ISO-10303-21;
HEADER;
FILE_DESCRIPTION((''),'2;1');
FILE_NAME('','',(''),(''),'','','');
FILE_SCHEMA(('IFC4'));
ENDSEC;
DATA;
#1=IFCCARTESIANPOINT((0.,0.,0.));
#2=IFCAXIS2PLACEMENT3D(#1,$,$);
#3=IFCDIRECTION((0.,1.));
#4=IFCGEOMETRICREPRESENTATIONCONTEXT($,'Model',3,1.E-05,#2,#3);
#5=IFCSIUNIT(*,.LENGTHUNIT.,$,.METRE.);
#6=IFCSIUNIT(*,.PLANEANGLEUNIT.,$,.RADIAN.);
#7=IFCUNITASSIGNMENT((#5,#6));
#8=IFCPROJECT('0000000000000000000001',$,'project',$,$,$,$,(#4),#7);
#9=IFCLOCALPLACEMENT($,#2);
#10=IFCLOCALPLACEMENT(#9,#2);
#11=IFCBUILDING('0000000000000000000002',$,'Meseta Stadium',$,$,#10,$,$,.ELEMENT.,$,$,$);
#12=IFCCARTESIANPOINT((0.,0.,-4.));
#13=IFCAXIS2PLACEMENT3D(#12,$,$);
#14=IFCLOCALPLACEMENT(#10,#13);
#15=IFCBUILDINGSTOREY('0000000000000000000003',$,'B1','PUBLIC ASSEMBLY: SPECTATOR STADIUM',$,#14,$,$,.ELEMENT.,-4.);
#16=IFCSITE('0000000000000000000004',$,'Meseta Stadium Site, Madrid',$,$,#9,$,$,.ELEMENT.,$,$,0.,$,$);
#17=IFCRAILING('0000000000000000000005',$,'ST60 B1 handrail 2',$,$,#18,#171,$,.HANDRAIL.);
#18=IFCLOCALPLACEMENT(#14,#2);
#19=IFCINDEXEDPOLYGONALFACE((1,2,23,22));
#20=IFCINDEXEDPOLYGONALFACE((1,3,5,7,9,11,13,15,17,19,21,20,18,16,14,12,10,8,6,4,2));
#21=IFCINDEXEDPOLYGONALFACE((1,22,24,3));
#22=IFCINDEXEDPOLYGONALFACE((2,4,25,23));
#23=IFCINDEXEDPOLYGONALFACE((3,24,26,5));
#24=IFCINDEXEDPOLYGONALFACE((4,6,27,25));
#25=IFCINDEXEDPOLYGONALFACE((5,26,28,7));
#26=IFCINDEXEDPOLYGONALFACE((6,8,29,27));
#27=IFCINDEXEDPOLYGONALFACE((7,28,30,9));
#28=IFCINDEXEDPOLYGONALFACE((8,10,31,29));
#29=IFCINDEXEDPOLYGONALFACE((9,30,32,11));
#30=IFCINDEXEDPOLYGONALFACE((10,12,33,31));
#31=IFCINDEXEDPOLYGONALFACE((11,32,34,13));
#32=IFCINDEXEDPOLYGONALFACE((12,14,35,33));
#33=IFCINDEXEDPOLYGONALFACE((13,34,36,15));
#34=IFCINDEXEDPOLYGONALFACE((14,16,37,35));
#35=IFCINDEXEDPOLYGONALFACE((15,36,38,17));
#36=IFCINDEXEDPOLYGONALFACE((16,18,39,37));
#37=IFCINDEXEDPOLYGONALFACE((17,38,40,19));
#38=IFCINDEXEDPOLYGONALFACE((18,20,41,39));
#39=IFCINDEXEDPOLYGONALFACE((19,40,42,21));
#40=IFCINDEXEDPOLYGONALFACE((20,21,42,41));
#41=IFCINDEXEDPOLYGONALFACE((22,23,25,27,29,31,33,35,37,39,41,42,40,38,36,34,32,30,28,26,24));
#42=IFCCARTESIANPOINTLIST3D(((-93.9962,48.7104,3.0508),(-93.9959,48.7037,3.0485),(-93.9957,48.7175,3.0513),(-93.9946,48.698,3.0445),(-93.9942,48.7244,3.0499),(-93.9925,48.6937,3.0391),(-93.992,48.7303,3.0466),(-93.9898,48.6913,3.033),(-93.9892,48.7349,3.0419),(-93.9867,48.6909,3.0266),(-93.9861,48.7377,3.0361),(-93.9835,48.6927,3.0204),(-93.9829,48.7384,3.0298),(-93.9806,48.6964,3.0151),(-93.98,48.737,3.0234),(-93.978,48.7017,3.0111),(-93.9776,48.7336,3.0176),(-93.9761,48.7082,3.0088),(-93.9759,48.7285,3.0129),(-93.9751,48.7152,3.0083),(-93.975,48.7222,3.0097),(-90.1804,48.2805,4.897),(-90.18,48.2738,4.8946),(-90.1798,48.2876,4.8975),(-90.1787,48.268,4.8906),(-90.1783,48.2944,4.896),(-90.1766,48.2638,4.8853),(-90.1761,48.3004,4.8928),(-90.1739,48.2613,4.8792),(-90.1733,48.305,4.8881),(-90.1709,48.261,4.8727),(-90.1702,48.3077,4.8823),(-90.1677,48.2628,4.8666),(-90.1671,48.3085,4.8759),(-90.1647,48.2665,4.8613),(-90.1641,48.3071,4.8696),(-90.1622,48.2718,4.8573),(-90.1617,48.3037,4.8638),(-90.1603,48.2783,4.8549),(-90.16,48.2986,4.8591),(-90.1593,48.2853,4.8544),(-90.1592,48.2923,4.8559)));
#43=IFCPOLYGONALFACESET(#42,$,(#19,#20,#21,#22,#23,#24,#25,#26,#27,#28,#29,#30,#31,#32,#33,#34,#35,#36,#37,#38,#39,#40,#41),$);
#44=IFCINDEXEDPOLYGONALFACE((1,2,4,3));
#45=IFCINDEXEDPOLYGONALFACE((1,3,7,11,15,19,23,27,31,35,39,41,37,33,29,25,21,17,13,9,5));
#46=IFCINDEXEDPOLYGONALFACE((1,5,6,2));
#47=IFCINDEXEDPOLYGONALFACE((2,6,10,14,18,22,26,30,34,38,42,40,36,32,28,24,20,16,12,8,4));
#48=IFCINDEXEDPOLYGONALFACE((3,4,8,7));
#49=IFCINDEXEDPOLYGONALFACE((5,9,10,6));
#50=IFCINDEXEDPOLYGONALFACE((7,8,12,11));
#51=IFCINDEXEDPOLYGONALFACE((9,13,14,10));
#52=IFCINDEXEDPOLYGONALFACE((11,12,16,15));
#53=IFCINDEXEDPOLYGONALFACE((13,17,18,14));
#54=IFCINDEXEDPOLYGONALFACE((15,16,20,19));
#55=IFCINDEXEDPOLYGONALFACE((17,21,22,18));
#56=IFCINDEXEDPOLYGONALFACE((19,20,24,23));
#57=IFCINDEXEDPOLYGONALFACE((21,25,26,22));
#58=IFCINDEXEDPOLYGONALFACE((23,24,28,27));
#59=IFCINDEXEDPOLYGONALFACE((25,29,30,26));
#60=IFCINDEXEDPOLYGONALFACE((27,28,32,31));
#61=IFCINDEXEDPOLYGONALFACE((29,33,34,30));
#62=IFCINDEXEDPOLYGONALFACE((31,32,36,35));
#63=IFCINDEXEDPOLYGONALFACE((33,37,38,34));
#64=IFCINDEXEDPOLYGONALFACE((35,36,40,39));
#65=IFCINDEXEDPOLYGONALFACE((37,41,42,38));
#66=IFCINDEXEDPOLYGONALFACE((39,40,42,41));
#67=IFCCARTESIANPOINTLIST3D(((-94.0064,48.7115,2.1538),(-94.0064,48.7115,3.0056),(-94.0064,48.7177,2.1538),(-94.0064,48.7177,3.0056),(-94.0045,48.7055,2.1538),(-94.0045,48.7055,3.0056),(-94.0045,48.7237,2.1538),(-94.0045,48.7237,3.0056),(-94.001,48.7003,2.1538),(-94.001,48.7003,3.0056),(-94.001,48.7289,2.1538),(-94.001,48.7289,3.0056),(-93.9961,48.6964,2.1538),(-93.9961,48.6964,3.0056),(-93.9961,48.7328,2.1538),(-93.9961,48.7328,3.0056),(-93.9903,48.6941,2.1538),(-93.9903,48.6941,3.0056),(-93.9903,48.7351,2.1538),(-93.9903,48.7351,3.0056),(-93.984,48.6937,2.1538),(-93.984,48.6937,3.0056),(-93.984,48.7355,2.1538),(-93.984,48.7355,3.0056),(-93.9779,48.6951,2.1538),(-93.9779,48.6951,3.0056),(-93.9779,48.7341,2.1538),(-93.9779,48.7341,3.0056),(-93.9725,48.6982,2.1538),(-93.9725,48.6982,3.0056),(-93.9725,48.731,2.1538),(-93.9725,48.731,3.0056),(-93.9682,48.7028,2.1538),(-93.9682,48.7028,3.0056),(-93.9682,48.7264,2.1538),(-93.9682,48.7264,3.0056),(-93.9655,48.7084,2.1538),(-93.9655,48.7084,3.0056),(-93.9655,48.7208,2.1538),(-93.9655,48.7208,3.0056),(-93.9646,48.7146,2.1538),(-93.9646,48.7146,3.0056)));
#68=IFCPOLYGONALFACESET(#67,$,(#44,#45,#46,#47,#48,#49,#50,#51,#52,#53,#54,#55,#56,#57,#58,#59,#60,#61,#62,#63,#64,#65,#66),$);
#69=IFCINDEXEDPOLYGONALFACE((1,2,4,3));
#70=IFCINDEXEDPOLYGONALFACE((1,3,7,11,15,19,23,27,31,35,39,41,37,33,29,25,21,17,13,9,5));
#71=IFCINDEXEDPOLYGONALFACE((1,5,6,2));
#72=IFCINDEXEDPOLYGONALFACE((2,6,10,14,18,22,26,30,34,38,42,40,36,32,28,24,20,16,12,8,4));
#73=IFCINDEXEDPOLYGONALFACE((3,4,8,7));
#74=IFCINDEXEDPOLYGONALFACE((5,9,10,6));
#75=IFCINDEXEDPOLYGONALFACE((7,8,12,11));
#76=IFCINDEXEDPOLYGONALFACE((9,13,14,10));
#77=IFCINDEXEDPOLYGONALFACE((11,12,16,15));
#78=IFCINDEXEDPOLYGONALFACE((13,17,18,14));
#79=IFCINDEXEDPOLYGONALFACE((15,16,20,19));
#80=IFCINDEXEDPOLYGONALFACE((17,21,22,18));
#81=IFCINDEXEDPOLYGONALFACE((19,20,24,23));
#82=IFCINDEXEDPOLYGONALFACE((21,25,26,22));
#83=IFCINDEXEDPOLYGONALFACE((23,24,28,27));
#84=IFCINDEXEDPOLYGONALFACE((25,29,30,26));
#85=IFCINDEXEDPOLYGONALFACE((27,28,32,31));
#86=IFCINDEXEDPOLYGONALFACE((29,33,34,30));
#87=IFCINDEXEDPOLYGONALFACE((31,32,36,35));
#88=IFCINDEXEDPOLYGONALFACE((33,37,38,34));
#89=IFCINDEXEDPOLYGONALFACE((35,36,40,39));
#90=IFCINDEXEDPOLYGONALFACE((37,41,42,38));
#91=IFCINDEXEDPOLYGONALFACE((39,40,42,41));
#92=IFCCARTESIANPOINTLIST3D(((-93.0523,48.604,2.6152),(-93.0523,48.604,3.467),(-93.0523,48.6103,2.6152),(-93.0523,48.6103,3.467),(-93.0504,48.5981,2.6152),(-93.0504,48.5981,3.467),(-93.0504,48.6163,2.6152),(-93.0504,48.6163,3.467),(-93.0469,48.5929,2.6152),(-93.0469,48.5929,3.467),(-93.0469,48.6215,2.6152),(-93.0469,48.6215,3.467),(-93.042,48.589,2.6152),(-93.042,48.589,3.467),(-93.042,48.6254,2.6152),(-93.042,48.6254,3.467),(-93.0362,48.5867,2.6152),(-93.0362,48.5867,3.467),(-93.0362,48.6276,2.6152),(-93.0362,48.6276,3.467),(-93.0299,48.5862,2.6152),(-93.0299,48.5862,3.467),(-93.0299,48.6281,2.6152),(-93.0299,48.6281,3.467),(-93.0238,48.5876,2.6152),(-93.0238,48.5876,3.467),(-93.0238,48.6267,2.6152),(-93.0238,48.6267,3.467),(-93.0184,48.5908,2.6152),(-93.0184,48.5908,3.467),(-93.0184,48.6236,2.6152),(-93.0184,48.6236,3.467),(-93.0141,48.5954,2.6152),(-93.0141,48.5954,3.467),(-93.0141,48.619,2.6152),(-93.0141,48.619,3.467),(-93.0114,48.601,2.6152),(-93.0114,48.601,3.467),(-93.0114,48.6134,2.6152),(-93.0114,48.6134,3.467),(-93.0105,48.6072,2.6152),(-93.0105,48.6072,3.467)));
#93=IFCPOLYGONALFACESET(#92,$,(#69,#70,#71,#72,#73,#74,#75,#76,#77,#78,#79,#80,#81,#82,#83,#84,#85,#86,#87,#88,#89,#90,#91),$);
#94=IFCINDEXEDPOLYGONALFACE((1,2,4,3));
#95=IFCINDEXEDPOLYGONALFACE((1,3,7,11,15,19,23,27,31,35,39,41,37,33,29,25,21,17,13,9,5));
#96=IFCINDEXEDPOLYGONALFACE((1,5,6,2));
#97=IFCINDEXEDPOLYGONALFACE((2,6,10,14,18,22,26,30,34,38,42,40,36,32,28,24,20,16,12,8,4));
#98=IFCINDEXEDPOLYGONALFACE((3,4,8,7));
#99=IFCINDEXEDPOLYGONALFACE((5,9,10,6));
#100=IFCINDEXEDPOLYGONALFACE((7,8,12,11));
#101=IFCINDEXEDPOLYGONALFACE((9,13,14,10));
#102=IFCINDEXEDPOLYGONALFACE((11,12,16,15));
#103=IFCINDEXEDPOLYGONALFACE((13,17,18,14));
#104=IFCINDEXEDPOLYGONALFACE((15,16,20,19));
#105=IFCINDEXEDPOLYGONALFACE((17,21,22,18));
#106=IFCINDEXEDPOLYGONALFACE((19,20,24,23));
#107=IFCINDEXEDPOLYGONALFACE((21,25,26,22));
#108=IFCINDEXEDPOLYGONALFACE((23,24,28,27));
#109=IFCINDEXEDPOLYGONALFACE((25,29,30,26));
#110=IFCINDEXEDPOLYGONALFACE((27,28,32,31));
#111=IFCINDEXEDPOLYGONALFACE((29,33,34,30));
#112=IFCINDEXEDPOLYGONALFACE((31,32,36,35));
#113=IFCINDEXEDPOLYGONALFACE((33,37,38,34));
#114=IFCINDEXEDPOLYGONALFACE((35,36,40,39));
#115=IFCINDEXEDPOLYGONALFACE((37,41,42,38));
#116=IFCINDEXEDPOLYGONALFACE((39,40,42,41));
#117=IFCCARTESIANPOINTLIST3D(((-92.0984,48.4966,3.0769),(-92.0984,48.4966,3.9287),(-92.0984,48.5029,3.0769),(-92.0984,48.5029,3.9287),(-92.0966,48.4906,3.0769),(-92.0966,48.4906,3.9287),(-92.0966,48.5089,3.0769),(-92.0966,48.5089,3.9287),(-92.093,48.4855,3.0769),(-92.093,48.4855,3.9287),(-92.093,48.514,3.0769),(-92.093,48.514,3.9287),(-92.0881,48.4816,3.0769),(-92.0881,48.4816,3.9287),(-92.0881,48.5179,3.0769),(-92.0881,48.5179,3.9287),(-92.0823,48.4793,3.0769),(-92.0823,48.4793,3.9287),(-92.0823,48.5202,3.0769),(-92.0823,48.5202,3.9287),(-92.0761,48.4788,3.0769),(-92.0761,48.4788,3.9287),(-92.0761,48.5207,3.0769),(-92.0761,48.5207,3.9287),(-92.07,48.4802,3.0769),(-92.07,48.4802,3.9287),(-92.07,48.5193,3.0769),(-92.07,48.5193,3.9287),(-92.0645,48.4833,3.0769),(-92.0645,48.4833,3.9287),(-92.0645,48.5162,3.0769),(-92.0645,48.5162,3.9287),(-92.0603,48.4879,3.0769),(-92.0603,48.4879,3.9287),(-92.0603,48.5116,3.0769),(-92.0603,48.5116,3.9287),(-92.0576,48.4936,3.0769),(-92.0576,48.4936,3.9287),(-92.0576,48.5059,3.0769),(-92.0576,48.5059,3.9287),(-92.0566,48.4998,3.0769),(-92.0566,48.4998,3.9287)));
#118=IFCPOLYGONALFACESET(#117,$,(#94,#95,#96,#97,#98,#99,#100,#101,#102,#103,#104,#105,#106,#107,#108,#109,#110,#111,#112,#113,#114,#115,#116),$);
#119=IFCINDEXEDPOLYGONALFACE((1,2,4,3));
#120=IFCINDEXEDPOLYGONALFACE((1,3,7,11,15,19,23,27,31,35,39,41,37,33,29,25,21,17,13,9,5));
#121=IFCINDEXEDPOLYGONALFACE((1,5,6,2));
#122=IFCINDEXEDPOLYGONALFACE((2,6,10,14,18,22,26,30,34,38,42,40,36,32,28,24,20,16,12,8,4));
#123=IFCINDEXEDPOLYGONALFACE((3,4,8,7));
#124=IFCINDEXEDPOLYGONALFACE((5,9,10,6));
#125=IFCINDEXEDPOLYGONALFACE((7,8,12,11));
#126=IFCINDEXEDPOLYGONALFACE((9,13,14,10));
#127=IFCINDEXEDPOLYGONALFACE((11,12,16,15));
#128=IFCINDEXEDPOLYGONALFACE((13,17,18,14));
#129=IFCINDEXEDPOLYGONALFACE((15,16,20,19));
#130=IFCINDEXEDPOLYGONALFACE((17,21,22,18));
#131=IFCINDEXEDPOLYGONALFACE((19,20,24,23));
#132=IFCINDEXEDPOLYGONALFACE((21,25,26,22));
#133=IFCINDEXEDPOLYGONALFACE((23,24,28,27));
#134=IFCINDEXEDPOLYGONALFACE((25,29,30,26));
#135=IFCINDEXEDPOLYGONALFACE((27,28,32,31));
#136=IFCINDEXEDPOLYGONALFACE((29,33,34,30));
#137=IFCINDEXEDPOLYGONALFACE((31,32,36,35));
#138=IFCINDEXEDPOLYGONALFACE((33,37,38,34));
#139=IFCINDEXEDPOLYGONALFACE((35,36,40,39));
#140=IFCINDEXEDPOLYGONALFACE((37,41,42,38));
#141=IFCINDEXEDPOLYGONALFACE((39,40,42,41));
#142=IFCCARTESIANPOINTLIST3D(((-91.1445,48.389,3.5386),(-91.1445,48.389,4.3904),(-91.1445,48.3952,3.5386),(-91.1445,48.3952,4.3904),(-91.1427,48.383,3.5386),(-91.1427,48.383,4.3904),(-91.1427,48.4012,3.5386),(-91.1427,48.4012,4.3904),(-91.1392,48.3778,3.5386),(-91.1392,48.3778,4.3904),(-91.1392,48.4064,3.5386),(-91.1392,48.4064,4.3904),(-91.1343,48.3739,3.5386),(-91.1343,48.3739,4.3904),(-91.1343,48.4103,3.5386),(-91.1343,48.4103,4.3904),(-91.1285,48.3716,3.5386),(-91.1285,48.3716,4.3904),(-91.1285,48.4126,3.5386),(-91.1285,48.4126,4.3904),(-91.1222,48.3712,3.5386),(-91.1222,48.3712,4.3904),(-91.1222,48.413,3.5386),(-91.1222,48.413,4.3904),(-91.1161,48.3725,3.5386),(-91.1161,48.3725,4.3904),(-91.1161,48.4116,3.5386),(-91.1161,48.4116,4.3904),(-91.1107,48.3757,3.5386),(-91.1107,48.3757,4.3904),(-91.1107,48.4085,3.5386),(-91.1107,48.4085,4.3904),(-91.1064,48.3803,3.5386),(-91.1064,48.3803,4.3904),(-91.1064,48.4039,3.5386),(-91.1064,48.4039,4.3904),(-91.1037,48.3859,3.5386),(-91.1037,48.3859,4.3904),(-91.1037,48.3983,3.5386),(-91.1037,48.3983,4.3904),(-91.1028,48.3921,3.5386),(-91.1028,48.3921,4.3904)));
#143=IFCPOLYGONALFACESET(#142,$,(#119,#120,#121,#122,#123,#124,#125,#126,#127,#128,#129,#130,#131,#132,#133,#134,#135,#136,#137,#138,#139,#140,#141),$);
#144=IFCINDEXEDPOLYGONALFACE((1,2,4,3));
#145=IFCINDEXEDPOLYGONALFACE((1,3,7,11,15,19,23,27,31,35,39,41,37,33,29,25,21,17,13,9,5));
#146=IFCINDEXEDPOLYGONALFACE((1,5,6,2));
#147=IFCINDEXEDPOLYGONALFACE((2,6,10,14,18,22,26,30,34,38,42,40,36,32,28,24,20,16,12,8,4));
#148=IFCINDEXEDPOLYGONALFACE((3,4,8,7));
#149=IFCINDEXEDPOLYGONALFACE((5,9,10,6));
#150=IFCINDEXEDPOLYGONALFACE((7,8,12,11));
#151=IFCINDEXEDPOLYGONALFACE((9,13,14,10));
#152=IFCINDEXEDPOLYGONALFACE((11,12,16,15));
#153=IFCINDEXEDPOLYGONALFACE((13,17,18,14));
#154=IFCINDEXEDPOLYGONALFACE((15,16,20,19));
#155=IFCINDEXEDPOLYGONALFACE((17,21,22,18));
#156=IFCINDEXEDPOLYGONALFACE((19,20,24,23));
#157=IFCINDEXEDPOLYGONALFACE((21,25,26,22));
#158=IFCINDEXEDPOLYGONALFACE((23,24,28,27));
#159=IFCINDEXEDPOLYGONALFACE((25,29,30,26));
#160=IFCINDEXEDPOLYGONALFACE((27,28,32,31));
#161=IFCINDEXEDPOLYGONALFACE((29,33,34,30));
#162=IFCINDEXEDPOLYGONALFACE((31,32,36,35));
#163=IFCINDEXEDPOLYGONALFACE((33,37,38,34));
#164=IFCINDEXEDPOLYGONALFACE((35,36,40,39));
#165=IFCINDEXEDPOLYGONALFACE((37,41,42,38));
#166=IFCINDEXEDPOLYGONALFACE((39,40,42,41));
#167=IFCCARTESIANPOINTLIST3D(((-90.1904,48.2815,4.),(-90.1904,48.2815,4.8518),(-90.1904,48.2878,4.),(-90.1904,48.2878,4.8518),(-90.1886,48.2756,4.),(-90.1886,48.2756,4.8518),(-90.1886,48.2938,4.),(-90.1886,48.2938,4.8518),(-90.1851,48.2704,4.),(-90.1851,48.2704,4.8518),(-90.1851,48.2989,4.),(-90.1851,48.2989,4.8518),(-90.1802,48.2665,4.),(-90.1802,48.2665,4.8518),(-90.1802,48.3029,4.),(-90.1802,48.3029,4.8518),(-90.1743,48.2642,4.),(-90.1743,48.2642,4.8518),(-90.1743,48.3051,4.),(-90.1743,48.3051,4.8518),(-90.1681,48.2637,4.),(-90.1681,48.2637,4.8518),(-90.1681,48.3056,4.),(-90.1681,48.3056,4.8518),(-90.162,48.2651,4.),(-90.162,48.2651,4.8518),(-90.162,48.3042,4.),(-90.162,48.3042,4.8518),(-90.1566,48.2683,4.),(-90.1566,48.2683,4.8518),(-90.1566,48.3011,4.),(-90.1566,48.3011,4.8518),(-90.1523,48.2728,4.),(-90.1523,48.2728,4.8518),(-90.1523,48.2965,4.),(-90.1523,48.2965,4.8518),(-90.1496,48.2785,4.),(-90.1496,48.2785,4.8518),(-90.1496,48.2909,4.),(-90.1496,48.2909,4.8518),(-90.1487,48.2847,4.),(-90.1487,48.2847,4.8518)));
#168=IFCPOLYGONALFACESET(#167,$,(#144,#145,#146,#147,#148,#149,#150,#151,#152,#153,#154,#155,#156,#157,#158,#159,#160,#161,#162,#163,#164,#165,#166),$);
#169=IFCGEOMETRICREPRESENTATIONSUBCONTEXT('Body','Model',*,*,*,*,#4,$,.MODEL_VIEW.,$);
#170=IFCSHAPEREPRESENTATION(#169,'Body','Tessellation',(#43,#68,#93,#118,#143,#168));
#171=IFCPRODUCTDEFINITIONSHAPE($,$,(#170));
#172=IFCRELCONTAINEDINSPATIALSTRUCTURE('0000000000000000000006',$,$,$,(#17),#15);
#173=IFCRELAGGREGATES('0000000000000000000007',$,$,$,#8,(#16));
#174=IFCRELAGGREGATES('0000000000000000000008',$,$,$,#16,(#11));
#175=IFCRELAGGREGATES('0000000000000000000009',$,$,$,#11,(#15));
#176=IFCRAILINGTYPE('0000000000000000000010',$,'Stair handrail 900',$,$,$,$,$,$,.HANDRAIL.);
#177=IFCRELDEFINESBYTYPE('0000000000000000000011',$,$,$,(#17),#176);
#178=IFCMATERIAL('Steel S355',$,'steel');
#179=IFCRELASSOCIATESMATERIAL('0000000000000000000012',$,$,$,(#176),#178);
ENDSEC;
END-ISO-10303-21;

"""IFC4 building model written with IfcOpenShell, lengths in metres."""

from ifc_helpers import new_model, si_unit, direction, frame, origin, origin_2d, place, context, subcontext, project, spatial, circle, extrude, material, type_object, element, save


model = new_model("IFC4")

# Units and contexts
model_context = context("Model", 3, precision=1e-05, world=origin(), true_north=direction((0.0, 1.0)))
body_context = subcontext(model_context, "Body", "Model", "MODEL_VIEW")
ifc_project = project(units=[si_unit("LENGTHUNIT", "METRE"), si_unit("PLANEANGLEUNIT", "RADIAN")], contexts=[model_context])

# Site, building, storey
site_placement = place(None, origin())
site = spatial("IfcSite", under=ifc_project, at=site_placement, Name="Meseta Stadium Site, Madrid", CompositionType="ELEMENT", RefElevation=0.0)
building_placement = place(site_placement, origin())
building = spatial("IfcBuilding", under=site, at=building_placement, Name="Meseta Stadium", CompositionType="ELEMENT")
storey_placement = place(building_placement, frame((0.0, 0.0, -4.0)))
storey = spatial("IfcBuildingStorey", under=building, at=storey_placement, Name="B1", Description="PUBLIC ASSEMBLY: SPECTATOR STADIUM", CompositionType="ELEMENT", Elevation=-4.0)

# Railing
ifc_material_1 = material(Name="Steel S355", Category="steel")
railing_type_1 = type_object("IfcRailingType", Name="Stair handrail 900", PredefinedType="HANDRAIL", material=ifc_material_1)
for number, where, name in (
    (1, (-93.9856, 48.7146, 2.1538), "ST60 B1 handrail 2"),
):
    element("IfcRailing", number, at=place(storey_placement, frame(where)), inside=storey, type_object=railing_type_1, Name=name, PredefinedType="HANDRAIL", context=body_context, shape_type="SweptSolid", body=[
        extrude(circle(Radius=0.0239, at=origin_2d()), frame((0.0, 0.0, 0.876), z_axis=(0.895585, -0.100904, 0.433296), x_axis=(0.11196, 0.993713, 0.0)), (0.0, 0.0, 1.0), 4.2607),
        extrude(circle(Radius=0.021, at=origin_2d()), origin(), (0.0, 0.0, 1.0), 0.8518),
        extrude(circle(Radius=0.021, at=origin_2d()), frame((0.9541, -0.1074, 0.4614)), (0.0, 0.0, 1.0), 0.8518),
        extrude(circle(Radius=0.021, at=origin_2d()), frame((1.908, -0.2148, 0.9231)), (0.0, 0.0, 1.0), 0.8518),
        extrude(circle(Radius=0.021, at=origin_2d()), frame((2.8618, -0.3225, 1.3848)), (0.0, 0.0, 1.0), 0.8518),
        extrude(circle(Radius=0.021, at=origin_2d()), frame((3.8159, -0.4299, 1.8462)), (0.0, 0.0, 1.0), 0.8518),
    ])

save(model, "model.ifc")
